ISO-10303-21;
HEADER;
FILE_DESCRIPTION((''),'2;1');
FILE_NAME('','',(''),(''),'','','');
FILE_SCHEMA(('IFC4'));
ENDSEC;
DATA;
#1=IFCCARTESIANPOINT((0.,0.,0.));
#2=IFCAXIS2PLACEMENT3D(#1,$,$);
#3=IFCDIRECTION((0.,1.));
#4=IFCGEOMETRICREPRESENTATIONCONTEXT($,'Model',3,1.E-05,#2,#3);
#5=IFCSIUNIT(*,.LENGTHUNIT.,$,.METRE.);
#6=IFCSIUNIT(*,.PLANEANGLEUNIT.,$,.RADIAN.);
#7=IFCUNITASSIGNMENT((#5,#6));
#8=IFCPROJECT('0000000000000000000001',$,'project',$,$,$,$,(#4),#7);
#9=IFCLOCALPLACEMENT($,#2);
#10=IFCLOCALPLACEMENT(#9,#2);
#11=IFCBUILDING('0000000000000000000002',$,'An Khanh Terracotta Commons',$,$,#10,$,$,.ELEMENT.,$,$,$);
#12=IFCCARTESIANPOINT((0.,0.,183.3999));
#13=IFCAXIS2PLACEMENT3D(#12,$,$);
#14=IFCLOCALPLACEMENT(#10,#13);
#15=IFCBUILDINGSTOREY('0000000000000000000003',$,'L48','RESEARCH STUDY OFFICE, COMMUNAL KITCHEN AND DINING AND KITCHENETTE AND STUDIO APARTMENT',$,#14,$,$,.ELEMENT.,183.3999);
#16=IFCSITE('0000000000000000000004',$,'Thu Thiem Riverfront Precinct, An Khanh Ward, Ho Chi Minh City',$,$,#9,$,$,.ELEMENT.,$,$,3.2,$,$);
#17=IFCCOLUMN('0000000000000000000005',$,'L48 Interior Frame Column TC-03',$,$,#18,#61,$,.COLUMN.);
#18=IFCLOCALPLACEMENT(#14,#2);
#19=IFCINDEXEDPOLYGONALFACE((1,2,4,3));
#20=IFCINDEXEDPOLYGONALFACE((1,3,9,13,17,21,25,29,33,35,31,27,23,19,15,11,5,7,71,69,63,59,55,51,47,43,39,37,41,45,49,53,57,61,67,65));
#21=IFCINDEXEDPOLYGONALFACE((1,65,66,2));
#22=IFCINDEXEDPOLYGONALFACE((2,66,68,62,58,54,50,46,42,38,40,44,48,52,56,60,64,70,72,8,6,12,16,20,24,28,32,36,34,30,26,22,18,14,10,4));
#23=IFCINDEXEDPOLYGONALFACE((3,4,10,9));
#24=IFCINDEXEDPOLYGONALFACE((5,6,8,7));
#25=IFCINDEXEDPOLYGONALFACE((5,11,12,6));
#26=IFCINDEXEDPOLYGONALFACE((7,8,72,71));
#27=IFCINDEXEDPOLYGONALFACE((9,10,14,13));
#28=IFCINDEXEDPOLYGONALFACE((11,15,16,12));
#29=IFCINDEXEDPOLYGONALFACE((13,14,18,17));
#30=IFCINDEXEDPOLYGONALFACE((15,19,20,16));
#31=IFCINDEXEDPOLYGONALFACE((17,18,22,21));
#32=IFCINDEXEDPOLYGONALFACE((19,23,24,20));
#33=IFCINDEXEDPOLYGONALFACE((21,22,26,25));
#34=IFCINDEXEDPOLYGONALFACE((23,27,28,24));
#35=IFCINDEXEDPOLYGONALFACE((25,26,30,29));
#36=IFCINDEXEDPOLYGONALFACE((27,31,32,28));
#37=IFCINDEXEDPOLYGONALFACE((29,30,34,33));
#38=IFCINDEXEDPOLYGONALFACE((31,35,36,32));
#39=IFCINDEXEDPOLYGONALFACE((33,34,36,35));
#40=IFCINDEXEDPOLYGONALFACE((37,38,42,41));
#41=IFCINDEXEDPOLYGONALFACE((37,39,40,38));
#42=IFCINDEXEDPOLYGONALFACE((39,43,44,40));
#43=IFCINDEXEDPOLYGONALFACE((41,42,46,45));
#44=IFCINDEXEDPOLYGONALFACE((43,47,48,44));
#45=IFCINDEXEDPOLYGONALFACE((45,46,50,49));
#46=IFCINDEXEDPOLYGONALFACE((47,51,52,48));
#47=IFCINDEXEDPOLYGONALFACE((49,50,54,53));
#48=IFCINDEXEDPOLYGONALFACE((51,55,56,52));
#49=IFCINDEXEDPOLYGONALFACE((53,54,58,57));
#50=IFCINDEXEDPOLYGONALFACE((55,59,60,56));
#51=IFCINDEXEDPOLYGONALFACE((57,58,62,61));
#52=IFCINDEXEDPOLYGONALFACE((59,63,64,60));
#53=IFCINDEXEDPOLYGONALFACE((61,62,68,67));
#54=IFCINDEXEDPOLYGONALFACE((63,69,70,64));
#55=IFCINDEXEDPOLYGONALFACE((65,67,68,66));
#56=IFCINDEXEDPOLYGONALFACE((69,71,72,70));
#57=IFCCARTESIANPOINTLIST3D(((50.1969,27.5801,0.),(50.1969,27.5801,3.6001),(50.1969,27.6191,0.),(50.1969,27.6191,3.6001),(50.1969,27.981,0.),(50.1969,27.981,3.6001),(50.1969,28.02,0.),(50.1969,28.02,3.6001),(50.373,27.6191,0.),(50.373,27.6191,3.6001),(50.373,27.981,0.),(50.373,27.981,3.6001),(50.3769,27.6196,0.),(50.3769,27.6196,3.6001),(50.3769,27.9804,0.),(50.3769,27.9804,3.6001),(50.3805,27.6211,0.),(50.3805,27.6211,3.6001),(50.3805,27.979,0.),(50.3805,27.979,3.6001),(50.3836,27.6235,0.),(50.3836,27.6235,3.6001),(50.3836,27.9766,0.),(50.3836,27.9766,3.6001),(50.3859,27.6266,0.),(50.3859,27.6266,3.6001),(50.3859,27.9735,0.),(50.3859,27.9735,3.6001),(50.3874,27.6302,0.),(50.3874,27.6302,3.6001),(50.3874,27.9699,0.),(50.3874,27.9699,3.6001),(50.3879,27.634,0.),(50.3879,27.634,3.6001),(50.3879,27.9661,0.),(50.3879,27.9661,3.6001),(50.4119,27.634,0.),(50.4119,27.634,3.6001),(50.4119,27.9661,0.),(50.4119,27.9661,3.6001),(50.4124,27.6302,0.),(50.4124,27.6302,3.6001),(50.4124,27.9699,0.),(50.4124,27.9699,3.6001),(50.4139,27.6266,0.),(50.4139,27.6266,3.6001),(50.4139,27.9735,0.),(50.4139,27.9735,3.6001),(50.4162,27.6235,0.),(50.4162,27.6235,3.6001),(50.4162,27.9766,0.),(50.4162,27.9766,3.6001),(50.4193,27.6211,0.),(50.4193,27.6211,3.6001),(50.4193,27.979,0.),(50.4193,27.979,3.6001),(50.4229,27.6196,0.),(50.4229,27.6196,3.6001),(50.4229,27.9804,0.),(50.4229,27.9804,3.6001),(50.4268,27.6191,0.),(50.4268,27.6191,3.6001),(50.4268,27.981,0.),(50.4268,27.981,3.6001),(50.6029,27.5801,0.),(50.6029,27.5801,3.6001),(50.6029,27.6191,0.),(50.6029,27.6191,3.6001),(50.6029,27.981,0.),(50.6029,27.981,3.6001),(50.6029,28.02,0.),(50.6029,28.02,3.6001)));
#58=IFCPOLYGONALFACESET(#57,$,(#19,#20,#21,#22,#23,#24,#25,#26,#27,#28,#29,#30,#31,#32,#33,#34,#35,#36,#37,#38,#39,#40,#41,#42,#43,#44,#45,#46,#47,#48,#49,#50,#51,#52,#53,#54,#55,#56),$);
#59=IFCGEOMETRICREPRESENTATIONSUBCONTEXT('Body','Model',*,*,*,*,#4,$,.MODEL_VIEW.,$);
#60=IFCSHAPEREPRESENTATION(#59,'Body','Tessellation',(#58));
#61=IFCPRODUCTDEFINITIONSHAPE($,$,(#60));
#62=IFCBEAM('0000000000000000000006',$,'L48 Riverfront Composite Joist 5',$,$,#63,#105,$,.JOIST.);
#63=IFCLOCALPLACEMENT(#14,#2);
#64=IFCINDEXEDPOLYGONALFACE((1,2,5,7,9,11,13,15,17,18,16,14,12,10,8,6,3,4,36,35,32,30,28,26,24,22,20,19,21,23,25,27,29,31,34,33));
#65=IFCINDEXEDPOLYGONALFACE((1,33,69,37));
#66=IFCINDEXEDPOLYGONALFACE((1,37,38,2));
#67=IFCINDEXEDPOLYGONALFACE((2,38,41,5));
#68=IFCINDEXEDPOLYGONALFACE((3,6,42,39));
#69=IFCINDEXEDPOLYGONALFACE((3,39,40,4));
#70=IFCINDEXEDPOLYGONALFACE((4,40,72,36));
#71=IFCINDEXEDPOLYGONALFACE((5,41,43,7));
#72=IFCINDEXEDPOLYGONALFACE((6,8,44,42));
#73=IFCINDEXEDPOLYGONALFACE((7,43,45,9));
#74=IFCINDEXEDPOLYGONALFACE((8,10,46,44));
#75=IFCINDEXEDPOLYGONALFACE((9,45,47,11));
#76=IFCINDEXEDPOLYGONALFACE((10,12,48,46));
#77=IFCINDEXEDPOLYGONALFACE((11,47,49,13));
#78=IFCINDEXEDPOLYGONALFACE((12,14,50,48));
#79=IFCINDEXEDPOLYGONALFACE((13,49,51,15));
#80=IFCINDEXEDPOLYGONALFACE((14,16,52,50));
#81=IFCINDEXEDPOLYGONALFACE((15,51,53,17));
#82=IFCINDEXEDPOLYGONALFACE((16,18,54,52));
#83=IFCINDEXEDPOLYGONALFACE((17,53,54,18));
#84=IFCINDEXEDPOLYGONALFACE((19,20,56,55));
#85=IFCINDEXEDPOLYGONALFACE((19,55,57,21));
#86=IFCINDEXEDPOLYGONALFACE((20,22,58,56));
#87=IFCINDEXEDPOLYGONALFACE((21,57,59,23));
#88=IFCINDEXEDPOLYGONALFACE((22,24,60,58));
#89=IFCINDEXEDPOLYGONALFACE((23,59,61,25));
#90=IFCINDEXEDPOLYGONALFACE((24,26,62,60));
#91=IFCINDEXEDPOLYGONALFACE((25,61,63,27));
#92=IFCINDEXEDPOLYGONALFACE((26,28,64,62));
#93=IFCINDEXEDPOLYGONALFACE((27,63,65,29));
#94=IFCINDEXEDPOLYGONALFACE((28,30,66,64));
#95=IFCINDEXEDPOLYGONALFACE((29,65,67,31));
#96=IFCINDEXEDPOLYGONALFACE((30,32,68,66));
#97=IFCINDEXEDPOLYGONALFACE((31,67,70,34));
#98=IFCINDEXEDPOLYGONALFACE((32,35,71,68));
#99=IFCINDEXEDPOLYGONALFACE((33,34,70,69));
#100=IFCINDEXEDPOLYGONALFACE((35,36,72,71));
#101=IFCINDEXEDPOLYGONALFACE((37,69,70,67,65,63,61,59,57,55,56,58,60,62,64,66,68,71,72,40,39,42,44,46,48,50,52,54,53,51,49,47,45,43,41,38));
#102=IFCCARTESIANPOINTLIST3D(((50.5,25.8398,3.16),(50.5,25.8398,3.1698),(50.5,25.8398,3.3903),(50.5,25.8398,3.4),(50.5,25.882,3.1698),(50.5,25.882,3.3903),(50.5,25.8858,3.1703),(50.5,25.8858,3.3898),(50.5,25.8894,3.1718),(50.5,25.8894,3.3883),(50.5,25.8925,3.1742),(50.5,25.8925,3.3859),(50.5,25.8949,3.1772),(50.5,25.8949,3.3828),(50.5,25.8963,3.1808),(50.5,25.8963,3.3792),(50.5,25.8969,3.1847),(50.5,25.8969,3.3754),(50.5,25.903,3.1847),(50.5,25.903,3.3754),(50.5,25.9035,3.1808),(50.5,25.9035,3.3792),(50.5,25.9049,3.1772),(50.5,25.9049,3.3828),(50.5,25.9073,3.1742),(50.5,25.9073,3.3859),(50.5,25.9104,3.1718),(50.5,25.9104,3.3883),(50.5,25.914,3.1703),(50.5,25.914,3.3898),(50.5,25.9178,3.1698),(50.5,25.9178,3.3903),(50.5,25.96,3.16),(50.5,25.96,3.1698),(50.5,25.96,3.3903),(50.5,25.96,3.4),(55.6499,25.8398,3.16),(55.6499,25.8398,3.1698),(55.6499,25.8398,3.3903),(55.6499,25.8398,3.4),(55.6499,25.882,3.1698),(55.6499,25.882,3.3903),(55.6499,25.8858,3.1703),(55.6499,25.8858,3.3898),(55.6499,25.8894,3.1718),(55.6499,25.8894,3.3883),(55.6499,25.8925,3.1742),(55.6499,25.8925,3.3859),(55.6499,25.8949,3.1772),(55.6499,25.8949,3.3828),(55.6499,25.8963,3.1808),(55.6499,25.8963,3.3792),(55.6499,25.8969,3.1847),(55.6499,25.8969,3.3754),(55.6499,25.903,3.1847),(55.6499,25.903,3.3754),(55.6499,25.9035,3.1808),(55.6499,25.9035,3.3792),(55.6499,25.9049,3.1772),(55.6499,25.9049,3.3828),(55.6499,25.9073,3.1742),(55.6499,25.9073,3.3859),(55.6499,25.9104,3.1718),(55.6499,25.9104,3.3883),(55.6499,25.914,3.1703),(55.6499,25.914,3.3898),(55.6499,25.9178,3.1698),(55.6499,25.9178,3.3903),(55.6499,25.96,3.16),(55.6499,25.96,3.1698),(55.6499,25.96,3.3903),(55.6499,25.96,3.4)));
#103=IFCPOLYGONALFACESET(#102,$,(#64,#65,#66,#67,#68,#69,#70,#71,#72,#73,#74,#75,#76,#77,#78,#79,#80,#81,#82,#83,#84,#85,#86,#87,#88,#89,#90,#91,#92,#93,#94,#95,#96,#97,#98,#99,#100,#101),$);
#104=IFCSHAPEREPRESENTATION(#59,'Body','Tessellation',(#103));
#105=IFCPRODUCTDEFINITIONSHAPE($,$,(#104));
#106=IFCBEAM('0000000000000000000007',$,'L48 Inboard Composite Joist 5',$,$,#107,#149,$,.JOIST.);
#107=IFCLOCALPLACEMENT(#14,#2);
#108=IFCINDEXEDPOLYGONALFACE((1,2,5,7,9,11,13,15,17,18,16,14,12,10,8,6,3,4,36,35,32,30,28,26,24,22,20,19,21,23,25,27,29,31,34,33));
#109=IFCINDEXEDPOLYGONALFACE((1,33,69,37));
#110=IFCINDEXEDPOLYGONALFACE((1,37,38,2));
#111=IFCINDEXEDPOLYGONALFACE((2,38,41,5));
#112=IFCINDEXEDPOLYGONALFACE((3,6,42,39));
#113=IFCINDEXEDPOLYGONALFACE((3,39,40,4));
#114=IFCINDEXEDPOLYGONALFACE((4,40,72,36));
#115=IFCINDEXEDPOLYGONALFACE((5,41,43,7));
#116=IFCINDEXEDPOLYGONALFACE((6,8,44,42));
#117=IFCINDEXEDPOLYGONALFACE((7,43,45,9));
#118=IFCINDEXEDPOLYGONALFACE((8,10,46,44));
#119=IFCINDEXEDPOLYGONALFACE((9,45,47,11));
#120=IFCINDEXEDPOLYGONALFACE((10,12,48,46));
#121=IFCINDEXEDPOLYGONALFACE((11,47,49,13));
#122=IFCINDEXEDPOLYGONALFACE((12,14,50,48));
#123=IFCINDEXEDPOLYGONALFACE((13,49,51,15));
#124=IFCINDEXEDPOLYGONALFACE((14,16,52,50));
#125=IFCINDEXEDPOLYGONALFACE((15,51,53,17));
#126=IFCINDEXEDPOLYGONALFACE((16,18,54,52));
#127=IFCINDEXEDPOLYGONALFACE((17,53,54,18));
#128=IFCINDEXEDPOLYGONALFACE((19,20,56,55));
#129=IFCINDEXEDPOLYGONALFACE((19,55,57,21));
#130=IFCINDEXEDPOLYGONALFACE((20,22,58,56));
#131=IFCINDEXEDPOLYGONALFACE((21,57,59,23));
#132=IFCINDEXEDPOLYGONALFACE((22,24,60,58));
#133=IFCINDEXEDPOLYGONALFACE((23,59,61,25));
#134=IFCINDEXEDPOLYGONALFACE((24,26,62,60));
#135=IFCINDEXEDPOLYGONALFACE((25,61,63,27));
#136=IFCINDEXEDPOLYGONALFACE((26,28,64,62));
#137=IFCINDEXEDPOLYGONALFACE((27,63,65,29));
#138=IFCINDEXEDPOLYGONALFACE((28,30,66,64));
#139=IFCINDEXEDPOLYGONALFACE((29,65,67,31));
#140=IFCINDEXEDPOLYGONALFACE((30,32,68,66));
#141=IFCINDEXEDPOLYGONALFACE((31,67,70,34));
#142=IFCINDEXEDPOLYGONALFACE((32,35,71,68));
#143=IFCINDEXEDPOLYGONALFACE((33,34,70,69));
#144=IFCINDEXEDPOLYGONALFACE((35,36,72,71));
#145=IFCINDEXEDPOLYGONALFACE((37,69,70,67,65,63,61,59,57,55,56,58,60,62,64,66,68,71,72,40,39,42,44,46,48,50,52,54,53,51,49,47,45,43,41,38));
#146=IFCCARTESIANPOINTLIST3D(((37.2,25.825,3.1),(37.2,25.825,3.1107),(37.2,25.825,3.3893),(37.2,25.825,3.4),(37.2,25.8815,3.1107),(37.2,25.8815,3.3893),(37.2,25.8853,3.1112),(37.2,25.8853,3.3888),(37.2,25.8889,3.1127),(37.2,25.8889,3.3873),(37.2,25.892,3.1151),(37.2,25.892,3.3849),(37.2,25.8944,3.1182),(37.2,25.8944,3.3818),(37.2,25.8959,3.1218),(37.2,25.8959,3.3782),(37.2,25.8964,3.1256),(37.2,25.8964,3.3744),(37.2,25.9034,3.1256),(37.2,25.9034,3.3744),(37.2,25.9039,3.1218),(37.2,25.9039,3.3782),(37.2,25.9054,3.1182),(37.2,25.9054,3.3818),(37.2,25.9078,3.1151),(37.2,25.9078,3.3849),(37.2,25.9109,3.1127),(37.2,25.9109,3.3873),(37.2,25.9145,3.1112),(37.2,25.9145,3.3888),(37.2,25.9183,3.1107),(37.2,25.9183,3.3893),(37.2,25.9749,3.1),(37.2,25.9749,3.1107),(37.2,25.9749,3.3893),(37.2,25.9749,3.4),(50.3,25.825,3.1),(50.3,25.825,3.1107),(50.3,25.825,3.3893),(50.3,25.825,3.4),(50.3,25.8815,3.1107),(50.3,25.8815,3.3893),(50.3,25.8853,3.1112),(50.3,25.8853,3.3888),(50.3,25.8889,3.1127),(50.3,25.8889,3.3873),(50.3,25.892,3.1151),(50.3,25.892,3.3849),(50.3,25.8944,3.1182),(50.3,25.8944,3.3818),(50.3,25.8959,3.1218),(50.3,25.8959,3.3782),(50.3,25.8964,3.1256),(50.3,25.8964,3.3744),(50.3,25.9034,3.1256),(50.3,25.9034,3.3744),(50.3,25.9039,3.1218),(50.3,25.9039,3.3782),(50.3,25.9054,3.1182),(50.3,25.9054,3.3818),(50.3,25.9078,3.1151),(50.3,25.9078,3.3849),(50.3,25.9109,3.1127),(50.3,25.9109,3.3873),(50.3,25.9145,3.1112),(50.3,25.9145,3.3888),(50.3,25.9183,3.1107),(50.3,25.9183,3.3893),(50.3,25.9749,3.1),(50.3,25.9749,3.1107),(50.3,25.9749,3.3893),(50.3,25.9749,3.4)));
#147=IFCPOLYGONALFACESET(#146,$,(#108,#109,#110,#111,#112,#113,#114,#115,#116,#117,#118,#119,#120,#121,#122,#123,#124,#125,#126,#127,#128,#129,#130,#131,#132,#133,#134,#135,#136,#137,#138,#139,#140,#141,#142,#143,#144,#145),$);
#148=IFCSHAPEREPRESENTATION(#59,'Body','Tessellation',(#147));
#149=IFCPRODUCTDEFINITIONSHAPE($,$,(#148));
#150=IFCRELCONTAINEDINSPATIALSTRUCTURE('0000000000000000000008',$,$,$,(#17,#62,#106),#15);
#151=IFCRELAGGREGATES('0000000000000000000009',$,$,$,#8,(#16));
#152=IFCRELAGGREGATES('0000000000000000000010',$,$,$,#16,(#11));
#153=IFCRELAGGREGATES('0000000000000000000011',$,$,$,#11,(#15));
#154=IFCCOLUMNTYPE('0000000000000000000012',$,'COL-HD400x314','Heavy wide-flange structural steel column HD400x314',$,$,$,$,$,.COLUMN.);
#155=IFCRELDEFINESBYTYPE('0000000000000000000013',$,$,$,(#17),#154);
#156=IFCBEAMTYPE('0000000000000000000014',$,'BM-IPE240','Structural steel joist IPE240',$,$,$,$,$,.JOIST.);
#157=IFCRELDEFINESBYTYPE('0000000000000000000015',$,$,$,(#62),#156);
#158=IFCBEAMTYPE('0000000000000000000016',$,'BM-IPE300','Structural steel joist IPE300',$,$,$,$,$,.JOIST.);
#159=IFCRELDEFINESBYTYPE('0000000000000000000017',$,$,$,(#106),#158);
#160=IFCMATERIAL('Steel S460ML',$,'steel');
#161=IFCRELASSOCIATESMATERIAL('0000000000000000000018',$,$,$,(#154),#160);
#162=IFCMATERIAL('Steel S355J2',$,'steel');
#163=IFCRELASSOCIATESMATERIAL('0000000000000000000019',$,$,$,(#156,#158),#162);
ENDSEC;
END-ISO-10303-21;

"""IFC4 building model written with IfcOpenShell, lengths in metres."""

from ifc_helpers import new_model, si_unit, direction, frame, origin, origin_2d, place, context, subcontext, project, spatial, i_section, extrude, material, material_profile, profile_set, type_object, element, save


model = new_model("IFC4")

# Units and contexts
model_context = context("Model", 3, precision=1e-05, world=origin(), true_north=direction((0.0, 1.0)))
body_context = subcontext(model_context, "Body", "Model", "MODEL_VIEW")
ifc_project = project(units=[si_unit("LENGTHUNIT", "METRE"), si_unit("PLANEANGLEUNIT", "RADIAN")], contexts=[model_context])

# Site, building, storey
site_placement = place(None, origin())
site = spatial("IfcSite", under=ifc_project, at=site_placement, Name="Thu Thiem Riverfront Precinct, An Khanh Ward, Ho Chi Minh City", CompositionType="ELEMENT", RefElevation=3.2)
building_placement = place(site_placement, origin())
building = spatial("IfcBuilding", under=site, at=building_placement, Name="An Khanh Terracotta Commons", CompositionType="ELEMENT")
storey_placement = place(building_placement, frame((0.0, 0.0, 183.3999)))
storey = spatial("IfcBuildingStorey", under=building, at=storey_placement, Name="L48", Description="RESEARCH STUDY OFFICE, COMMUNAL KITCHEN AND DINING AND KITCHENETTE AND STUDIO APARTMENT", CompositionType="ELEMENT", Elevation=183.3999)

# Column
ifc_material_1 = material(Name="Steel S460ML", Category="steel")
ifc_material_profile_1 = material_profile(ifc_material_1, i_section(OverallWidth=0.406, OverallDepth=0.4399, WebThickness=0.0239, FlangeThickness=0.0391, FilletRadius=0.0149, at=origin_2d()), Name="HD400x314")
ifc_profile_set_1 = profile_set([ifc_material_profile_1], Name="Steel S460ML")
column_type = type_object("IfcColumnType", Name="COL-HD400x314", Description="Heavy wide-flange structural steel column HD400x314", PredefinedType="COLUMN", material=ifc_profile_set_1)
column_placement = place(storey_placement, frame((50.3999, 27.8, 0.0), z_axis=(0.0, 0.0, 1.0), x_axis=(1.0, 0.0, 0.0)))
element("IfcColumn", 1, at=column_placement, inside=storey, type_object=column_type, Name="L48 Interior Frame Column TC-03", PredefinedType="COLUMN", context=body_context, shape_type="SweptSolid", body=[
    extrude(i_section(OverallWidth=0.406, OverallDepth=0.4399, WebThickness=0.0239, FlangeThickness=0.0391, FilletRadius=0.0149, at=origin_2d()), origin(), (0.0, 0.0, 1.0), 3.6001),
])

# Beams
ifc_material_2 = material(Name="Steel S355J2", Category="steel")
ifc_material_profile_2 = material_profile(ifc_material_2, i_section(OverallWidth=0.1201, OverallDepth=0.24, WebThickness=0.0061, FlangeThickness=0.0098, FilletRadius=0.0149, at=origin_2d()), Name="IPE240")
ifc_profile_set_2 = profile_set([ifc_material_profile_2], Name="Steel S355J2")
beam_type_1 = type_object("IfcBeamType", Name="BM-IPE240", Description="Structural steel joist IPE240", PredefinedType="JOIST", material=ifc_profile_set_2)
beam_1_placement = place(storey_placement, frame((50.5, 25.8999, 3.28), z_axis=(1.0, 0.0, 0.0), x_axis=(0.0, 1.0, 0.0)))
element("IfcBeam", 2, at=beam_1_placement, inside=storey, type_object=beam_type_1, Name="L48 Riverfront Composite Joist 5", PredefinedType="JOIST", context=body_context, shape_type="SweptSolid", body=[
    extrude(i_section(OverallWidth=0.1201, OverallDepth=0.24, WebThickness=0.0061, FlangeThickness=0.0098, FilletRadius=0.0149, at=origin_2d()), origin(), (0.0, 0.0, 1.0), 5.1499),
])
ifc_material_profile_3 = material_profile(ifc_material_2, i_section(OverallWidth=0.1499, OverallDepth=0.3, WebThickness=0.0071, FlangeThickness=0.0107, FilletRadius=0.0149, at=origin_2d()), Name="IPE300")
ifc_profile_set_3 = profile_set([ifc_material_profile_3], Name="Steel S355J2")
beam_type_2 = type_object("IfcBeamType", Name="BM-IPE300", Description="Structural steel joist IPE300", PredefinedType="JOIST", material=ifc_profile_set_3)
beam_2_placement = place(storey_placement, frame((37.2, 25.8999, 3.25), z_axis=(1.0, 0.0, 0.0), x_axis=(0.0, 1.0, 0.0)))
element("IfcBeam", 3, at=beam_2_placement, inside=storey, type_object=beam_type_2, Name="L48 Inboard Composite Joist 5", PredefinedType="JOIST", context=body_context, shape_type="SweptSolid", body=[
    extrude(i_section(OverallWidth=0.1499, OverallDepth=0.3, WebThickness=0.0071, FlangeThickness=0.0107, FilletRadius=0.0149, at=origin_2d()), origin(), (0.0, 0.0, 1.0), 13.1001),
])

save(model, "model.ifc")
